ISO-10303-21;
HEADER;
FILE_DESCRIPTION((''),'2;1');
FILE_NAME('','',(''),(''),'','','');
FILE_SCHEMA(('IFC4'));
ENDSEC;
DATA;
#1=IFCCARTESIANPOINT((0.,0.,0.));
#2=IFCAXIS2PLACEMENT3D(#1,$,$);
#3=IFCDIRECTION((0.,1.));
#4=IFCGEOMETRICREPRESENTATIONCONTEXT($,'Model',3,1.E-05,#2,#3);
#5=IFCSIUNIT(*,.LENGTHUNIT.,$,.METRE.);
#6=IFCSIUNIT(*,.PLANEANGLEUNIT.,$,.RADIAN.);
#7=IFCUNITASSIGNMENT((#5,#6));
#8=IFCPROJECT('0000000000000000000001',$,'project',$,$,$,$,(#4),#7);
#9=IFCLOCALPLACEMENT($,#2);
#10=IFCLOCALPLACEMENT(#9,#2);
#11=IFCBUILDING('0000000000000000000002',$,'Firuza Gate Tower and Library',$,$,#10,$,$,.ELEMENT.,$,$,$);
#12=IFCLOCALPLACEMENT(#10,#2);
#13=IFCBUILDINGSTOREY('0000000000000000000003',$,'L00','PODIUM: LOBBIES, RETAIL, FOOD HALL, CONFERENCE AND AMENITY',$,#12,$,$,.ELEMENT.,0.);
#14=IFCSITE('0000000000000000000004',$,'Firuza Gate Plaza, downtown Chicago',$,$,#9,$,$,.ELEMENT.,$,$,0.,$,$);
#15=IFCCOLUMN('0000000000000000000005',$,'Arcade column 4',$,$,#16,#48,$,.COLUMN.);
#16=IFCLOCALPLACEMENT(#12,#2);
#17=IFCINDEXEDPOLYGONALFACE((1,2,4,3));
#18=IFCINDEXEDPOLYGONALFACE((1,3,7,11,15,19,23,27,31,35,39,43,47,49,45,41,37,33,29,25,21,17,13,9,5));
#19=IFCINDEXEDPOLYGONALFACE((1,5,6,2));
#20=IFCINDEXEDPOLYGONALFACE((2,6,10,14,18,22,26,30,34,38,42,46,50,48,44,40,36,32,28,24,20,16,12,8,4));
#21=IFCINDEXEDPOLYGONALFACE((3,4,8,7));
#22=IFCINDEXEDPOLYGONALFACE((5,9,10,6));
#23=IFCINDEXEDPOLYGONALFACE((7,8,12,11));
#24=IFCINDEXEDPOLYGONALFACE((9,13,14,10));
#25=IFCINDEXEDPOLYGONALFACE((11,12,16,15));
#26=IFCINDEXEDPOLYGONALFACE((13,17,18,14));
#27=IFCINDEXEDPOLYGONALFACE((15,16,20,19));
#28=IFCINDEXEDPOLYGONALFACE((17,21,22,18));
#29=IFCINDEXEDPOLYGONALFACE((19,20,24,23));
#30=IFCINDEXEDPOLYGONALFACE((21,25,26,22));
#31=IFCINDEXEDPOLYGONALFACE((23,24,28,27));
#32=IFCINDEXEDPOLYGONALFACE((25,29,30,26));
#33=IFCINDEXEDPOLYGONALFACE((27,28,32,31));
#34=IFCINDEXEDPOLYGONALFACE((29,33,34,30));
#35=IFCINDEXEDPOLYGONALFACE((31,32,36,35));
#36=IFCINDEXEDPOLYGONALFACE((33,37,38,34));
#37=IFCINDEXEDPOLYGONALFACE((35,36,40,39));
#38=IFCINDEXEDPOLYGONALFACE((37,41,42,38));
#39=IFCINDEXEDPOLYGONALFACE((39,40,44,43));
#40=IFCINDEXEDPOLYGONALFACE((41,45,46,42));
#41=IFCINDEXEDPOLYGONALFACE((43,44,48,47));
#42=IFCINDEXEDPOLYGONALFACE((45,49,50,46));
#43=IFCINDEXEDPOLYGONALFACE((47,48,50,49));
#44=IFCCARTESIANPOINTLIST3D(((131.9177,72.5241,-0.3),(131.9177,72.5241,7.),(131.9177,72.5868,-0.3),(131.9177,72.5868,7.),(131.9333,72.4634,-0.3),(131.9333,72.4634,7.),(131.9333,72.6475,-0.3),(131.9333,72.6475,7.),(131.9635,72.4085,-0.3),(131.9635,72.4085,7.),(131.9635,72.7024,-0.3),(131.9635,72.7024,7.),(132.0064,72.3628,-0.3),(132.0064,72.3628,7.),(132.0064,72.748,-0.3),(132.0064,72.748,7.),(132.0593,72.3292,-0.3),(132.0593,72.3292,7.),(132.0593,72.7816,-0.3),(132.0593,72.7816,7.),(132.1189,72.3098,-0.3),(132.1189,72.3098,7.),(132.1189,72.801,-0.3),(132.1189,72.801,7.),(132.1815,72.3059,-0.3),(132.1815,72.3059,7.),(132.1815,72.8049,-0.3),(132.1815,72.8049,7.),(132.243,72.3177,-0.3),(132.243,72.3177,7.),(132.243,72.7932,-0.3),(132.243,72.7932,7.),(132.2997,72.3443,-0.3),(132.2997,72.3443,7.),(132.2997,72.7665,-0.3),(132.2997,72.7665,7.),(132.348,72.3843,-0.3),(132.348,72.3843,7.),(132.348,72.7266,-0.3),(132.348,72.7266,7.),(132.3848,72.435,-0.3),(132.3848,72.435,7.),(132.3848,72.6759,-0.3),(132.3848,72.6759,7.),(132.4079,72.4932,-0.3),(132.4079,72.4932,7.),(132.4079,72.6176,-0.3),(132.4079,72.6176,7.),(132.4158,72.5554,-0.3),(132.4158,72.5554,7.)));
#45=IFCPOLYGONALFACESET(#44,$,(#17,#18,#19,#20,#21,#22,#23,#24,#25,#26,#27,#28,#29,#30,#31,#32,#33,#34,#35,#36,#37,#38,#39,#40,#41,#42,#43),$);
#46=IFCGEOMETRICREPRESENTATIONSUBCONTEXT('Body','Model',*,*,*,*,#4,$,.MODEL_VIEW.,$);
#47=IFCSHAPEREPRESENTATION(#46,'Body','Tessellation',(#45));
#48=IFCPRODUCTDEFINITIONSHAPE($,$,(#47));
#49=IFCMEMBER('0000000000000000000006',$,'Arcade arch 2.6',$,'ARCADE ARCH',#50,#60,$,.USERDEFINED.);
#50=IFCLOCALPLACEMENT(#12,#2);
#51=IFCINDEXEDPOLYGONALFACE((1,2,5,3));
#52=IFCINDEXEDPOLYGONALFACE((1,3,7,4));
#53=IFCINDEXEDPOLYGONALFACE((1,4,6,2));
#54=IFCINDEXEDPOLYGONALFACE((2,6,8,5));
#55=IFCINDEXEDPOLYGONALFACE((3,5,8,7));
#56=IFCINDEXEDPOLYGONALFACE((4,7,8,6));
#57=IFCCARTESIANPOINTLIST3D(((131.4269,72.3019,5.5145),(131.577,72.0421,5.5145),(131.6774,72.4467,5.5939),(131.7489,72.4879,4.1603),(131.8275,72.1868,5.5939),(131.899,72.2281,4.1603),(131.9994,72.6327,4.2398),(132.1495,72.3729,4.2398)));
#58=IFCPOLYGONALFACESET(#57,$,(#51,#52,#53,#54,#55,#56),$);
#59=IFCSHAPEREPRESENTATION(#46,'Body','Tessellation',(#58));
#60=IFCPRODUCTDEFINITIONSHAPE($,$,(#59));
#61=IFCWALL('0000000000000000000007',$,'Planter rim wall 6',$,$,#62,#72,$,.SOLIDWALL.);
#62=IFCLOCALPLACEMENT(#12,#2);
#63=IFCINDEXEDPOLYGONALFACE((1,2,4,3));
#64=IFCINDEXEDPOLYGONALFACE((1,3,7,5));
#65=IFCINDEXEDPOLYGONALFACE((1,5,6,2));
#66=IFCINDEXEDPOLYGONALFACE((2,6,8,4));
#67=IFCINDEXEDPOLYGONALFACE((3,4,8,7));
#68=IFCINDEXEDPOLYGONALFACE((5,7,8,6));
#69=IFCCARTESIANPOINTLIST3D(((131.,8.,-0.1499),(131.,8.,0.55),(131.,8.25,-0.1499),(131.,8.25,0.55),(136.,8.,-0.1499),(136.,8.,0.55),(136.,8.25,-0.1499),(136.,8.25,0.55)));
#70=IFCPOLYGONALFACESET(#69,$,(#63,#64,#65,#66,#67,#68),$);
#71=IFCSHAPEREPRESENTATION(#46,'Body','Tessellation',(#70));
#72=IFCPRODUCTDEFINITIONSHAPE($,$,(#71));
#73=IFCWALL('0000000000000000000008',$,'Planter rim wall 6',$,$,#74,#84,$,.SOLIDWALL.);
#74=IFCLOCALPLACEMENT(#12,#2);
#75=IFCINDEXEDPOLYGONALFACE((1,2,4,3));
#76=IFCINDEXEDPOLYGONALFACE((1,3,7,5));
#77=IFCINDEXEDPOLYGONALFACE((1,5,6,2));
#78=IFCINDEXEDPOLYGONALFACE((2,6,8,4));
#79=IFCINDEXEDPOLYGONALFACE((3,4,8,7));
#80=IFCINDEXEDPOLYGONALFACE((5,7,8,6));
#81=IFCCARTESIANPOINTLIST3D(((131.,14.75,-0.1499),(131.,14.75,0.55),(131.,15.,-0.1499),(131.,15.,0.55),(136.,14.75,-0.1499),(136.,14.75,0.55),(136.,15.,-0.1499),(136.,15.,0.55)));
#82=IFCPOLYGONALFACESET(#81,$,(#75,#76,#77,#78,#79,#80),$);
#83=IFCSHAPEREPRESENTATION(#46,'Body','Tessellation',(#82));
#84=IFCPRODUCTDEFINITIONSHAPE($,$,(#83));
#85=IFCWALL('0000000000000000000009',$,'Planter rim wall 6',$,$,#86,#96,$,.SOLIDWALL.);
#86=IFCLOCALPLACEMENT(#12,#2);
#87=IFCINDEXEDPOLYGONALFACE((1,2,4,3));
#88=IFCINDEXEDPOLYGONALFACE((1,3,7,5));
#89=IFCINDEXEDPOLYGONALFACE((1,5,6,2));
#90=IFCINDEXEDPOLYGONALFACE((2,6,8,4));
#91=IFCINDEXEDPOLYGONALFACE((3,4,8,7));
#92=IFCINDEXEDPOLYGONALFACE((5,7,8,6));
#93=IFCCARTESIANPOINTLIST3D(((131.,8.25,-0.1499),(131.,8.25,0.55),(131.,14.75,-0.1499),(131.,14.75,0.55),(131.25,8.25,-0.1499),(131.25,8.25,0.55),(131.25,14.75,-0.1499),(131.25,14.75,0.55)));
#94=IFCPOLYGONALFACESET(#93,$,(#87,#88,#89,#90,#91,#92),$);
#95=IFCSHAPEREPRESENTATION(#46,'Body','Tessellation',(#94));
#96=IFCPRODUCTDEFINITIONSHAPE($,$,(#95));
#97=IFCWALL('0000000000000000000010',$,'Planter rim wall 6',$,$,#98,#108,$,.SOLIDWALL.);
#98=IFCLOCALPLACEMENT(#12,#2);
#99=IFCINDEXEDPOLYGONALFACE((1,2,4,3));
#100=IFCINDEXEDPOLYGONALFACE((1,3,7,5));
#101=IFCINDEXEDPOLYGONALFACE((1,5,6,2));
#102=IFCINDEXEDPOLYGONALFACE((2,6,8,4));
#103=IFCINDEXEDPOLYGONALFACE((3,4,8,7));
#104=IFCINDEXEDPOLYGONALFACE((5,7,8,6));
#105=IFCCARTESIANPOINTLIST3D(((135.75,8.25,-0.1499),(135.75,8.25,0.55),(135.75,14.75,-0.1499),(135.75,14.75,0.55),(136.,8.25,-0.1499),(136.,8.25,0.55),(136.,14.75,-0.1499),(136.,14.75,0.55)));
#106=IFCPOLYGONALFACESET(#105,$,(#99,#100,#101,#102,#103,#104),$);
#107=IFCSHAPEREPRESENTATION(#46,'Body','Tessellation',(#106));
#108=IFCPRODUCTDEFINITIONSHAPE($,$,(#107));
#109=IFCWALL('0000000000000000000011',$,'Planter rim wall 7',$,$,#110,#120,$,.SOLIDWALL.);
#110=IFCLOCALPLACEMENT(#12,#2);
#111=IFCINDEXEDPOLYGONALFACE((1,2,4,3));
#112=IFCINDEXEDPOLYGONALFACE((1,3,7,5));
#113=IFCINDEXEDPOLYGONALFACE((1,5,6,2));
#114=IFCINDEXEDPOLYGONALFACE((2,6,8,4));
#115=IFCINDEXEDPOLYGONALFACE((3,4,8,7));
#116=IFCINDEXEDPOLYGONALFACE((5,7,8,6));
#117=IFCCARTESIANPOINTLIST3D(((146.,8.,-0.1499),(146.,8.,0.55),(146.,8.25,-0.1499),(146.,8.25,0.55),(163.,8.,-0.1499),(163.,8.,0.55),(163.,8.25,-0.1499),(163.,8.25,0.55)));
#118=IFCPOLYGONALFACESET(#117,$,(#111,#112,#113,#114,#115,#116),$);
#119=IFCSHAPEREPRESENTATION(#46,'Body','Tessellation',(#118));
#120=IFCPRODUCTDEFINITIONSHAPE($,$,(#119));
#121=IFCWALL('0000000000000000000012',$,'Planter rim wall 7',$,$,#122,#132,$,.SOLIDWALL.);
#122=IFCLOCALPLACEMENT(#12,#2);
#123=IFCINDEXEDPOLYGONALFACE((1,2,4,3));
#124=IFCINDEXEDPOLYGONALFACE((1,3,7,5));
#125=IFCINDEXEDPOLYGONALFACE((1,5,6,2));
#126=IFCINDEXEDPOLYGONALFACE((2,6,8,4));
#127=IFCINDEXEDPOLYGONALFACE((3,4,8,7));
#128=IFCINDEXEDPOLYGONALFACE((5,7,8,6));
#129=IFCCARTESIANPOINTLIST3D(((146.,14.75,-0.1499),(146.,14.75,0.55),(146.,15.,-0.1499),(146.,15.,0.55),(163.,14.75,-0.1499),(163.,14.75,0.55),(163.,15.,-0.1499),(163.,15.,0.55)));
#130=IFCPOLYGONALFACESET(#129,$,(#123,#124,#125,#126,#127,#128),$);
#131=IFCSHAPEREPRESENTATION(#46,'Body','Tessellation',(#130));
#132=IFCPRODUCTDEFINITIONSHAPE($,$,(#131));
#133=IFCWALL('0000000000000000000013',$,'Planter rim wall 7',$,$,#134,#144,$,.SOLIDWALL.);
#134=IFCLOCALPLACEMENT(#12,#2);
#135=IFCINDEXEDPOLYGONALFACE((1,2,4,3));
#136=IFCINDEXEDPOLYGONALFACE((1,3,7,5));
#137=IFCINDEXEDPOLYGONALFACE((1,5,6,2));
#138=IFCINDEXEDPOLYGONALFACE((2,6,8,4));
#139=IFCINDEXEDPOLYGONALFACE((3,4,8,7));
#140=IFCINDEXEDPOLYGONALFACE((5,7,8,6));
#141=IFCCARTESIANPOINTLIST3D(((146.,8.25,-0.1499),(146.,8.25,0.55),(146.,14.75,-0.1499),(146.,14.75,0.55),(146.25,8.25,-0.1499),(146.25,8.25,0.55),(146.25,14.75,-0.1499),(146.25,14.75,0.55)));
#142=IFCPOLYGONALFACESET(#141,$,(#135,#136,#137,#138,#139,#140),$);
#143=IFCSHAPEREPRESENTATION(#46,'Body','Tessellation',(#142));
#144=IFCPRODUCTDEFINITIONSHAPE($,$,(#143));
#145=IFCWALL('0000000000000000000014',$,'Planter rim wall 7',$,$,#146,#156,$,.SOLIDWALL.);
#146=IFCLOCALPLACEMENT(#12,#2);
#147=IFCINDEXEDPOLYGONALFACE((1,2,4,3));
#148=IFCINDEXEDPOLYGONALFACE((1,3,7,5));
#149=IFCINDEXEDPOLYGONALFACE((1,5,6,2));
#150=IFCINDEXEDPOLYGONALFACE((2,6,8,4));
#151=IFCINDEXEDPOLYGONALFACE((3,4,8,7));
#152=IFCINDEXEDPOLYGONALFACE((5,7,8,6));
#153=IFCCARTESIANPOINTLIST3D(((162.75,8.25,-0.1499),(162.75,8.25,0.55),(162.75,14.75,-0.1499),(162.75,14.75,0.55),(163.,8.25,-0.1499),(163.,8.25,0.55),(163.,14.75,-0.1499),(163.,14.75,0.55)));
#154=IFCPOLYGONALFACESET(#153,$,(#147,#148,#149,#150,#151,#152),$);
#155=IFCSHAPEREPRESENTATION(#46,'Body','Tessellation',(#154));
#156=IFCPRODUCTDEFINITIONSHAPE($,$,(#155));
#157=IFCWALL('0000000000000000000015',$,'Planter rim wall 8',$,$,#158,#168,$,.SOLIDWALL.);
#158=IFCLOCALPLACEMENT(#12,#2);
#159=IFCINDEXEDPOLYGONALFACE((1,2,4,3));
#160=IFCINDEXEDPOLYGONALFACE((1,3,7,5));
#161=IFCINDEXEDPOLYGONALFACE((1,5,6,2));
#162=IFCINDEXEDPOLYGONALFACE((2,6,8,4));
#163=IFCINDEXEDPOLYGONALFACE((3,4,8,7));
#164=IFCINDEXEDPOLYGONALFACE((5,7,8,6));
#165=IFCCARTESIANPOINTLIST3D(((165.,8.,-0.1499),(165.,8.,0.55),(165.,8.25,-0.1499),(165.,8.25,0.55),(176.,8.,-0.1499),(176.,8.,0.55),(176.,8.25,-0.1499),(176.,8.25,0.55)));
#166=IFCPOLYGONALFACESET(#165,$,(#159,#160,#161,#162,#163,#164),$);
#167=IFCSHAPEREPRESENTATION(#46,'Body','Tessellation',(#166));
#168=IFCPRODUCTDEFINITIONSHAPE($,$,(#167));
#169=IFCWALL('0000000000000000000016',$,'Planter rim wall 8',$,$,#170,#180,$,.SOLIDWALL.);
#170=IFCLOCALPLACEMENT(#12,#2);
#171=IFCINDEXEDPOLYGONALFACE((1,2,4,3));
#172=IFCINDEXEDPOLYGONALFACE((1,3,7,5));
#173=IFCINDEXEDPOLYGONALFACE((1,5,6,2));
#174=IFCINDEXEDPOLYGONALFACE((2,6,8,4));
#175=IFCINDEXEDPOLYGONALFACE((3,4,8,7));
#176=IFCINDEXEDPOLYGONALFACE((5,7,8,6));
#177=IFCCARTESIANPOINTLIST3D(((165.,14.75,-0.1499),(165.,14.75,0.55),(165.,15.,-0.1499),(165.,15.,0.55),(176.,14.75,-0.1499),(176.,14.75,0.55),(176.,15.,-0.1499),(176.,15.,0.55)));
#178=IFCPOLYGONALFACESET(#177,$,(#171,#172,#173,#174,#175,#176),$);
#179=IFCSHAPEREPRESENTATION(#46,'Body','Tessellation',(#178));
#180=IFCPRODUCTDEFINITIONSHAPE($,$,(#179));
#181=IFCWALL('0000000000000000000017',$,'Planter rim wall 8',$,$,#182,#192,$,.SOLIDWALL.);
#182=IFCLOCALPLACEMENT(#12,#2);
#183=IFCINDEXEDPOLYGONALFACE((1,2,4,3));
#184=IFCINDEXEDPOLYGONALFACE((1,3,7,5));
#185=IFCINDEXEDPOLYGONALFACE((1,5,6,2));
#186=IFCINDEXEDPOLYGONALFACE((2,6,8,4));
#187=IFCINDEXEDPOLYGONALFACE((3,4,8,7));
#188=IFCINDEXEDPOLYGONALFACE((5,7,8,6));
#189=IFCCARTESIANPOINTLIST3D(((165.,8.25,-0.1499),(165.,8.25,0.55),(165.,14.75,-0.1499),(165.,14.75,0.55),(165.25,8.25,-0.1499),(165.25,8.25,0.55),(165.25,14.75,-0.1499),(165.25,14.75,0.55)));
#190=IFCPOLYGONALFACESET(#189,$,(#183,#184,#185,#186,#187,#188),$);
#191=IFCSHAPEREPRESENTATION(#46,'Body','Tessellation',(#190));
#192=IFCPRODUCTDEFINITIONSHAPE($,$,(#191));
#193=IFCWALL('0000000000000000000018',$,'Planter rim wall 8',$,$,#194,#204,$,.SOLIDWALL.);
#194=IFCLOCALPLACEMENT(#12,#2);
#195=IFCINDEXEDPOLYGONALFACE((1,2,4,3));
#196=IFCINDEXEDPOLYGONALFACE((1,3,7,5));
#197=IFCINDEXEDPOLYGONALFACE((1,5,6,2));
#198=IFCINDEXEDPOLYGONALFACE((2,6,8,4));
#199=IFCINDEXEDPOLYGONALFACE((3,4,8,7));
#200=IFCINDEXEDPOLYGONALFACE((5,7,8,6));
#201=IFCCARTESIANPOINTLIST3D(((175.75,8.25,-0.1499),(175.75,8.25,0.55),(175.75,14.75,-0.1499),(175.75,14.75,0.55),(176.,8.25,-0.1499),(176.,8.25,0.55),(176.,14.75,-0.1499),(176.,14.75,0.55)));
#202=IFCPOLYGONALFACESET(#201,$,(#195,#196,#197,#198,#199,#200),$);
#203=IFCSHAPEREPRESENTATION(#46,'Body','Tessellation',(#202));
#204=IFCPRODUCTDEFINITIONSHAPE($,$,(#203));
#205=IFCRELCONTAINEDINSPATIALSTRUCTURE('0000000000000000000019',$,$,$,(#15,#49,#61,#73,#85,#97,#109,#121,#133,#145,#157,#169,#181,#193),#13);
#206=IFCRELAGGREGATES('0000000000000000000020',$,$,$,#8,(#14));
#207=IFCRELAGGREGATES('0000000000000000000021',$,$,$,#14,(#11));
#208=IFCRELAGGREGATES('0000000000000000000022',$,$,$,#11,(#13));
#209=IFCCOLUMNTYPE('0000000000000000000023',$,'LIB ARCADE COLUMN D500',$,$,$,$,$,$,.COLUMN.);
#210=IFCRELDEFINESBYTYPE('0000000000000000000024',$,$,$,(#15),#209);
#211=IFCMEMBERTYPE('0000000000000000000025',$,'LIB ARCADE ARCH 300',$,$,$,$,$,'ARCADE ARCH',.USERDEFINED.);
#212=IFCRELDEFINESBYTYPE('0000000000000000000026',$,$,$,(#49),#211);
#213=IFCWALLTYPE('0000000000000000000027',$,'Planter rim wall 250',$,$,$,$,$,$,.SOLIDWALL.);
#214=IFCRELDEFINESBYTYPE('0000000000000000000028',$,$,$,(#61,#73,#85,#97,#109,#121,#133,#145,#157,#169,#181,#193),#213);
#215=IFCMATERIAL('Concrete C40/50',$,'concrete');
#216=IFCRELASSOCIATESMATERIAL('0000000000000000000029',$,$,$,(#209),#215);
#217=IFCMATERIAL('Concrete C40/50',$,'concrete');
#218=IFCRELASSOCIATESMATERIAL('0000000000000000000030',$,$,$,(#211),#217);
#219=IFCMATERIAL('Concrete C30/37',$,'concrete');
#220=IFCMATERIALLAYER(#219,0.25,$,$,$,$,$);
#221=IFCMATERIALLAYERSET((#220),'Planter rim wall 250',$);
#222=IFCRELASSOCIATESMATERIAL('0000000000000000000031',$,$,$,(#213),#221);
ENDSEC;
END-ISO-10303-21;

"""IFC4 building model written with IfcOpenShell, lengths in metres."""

from ifc_helpers import new_model, si_unit, direction, frame, frame_2d, origin, origin_2d, place, context, subcontext, project, spatial, rectangle, circle, extrude, material, layer, layer_set, material_profile, profile_set, type_object, element, save


model = new_model("IFC4")

# Units and contexts
model_context = context("Model", 3, precision=1e-05, world=origin(), true_north=direction((0.0, 1.0)))
body_context = subcontext(model_context, "Body", "Model", "MODEL_VIEW")
ifc_project = project(units=[si_unit("LENGTHUNIT", "METRE"), si_unit("PLANEANGLEUNIT", "RADIAN")], contexts=[model_context])

# Site, building, storey
site_placement = place(None, origin())
site = spatial("IfcSite", under=ifc_project, at=site_placement, Name="Firuza Gate Plaza, downtown Chicago", CompositionType="ELEMENT", RefElevation=0.0)
building_placement = place(site_placement, origin())
building = spatial("IfcBuilding", under=site, at=building_placement, Name="Firuza Gate Tower and Library", CompositionType="ELEMENT")
storey_placement = place(building_placement, origin())
storey = spatial("IfcBuildingStorey", under=building, at=storey_placement, Name="L00", Description="PODIUM: LOBBIES, RETAIL, FOOD HALL, CONFERENCE AND AMENITY", CompositionType="ELEMENT", Elevation=0.0)

# Column
ifc_material_1 = material(Name="Concrete C40/50", Category="concrete")
ifc_material_profile_1 = material_profile(ifc_material_1, circle(Radius=0.25, at=origin_2d()))
ifc_profile_set_1 = profile_set([ifc_material_profile_1], Name="Concrete C40/50")
column_type = type_object("IfcColumnType", Name="LIB ARCADE COLUMN D500", PredefinedType="COLUMN", material=ifc_profile_set_1)
column_placement = place(storey_placement, frame((132.1658, 72.5554, -0.3), z_axis=(0.0, 0.0, 1.0), x_axis=(1.0, 0.0, 0.0)))
element("IfcColumn", 1, at=column_placement, inside=storey, type_object=column_type, Name="Arcade column 4", PredefinedType="COLUMN", context=body_context, shape_type="SweptSolid", body=[
    extrude(circle(Radius=0.25, at=origin_2d()), origin(), (0.0, 0.0, 1.0), 7.3),
])

# Member
ifc_material_2 = material(Name="Concrete C40/50", Category="concrete")
ifc_material_profile_2 = material_profile(ifc_material_2, rectangle(XDim=0.3, YDim=0.3, at=origin_2d()))
ifc_profile_set_2 = profile_set([ifc_material_profile_2], Name="Concrete C40/50")
member_type = type_object("IfcMemberType", Name="LIB ARCADE ARCH 300", ElementType="ARCADE ARCH", PredefinedType="USERDEFINED", material=ifc_profile_set_2)
member_placement = place(storey_placement, frame((131.6272, 72.2444, 5.5542), z_axis=(0.229297, 0.132467, -0.9643), x_axis=(-0.500234, 0.86589, 0.0)))
element("IfcMember", 2, at=member_placement, inside=storey, type_object=member_type, Name="Arcade arch 2.6", ObjectType="ARCADE ARCH", PredefinedType="USERDEFINED", context=body_context, shape_type="SweptSolid", body=[
    extrude(rectangle(XDim=0.3, YDim=0.3, at=origin_2d()), origin(), (0.0, 0.0, 1.0), 1.4043),
])

# Walls
ifc_material_3 = material(Name="Concrete C30/37", Category="concrete")
ifc_layer_1 = layer(ifc_material_3, 0.25)
ifc_layer_set_1 = layer_set([ifc_layer_1], Name="Planter rim wall 250")
wall_type_1 = type_object("IfcWallType", Name="Planter rim wall 250", PredefinedType="SOLIDWALL", material=ifc_layer_set_1)
for number, where, z_axis, x_axis, name in (
    (3, (131.0, 8.125, -0.1499), (0.0, 0.0, 1.0), (1.0, 0.0, 0.0), "Planter rim wall 6"),
    (4, (131.0, 14.875, -0.1499), (0.0, 0.0, 1.0), (1.0, 0.0, 0.0), "Planter rim wall 6"),
):
    element("IfcWall", number, at=place(storey_placement, frame(where, z_axis=z_axis, x_axis=x_axis)), inside=storey, type_object=wall_type_1, Name=name, PredefinedType="SOLIDWALL", context=body_context, shape_type="SweptSolid", body=[
        extrude(rectangle(XDim=5.0, YDim=0.25, at=frame_2d((2.5, 0.0))), origin(), (0.0, 0.0, 1.0), 0.7),
    ])
for number, where, z_axis, x_axis, name in (
    (5, (131.125, 8.25, -0.1499), (0.0, 0.0, 1.0), (0.0, 1.0, 0.0), "Planter rim wall 6"),
    (6, (135.875, 8.25, -0.1499), (0.0, 0.0, 1.0), (0.0, 1.0, 0.0), "Planter rim wall 6"),
):
    element("IfcWall", number, at=place(storey_placement, frame(where, z_axis=z_axis, x_axis=x_axis)), inside=storey, type_object=wall_type_1, Name=name, PredefinedType="SOLIDWALL", context=body_context, shape_type="SweptSolid", body=[
        extrude(rectangle(XDim=6.5, YDim=0.25, at=frame_2d((3.25, 0.0))), origin(), (0.0, 0.0, 1.0), 0.7),
    ])
for number, where, z_axis, x_axis, name in (
    (7, (146.0, 8.125, -0.1499), (0.0, 0.0, 1.0), (1.0, 0.0, 0.0), "Planter rim wall 7"),
    (8, (146.0, 14.875, -0.1499), (0.0, 0.0, 1.0), (1.0, 0.0, 0.0), "Planter rim wall 7"),
):
    element("IfcWall", number, at=place(storey_placement, frame(where, z_axis=z_axis, x_axis=x_axis)), inside=storey, type_object=wall_type_1, Name=name, PredefinedType="SOLIDWALL", context=body_context, shape_type="SweptSolid", body=[
        extrude(rectangle(XDim=17.0, YDim=0.25, at=frame_2d((8.5, 0.0))), origin(), (0.0, 0.0, 1.0), 0.7),
    ])
for number, where, z_axis, x_axis, name in (
    (9, (146.125, 8.25, -0.1499), (0.0, 0.0, 1.0), (0.0, 1.0, 0.0), "Planter rim wall 7"),
    (10, (162.875, 8.25, -0.1499), (0.0, 0.0, 1.0), (0.0, 1.0, 0.0), "Planter rim wall 7"),
):
    element("IfcWall", number, at=place(storey_placement, frame(where, z_axis=z_axis, x_axis=x_axis)), inside=storey, type_object=wall_type_1, Name=name, PredefinedType="SOLIDWALL", context=body_context, shape_type="SweptSolid", body=[
        extrude(rectangle(XDim=6.5, YDim=0.25, at=frame_2d((3.25, 0.0))), origin(), (0.0, 0.0, 1.0), 0.7),
    ])
for number, where, z_axis, x_axis, name in (
    (11, (165.0, 8.125, -0.1499), (0.0, 0.0, 1.0), (1.0, 0.0, 0.0), "Planter rim wall 8"),
    (12, (165.0, 14.875, -0.1499), (0.0, 0.0, 1.0), (1.0, 0.0, 0.0), "Planter rim wall 8"),
):
    element("IfcWall", number, at=place(storey_placement, frame(where, z_axis=z_axis, x_axis=x_axis)), inside=storey, type_object=wall_type_1, Name=name, PredefinedType="SOLIDWALL", context=body_context, shape_type="SweptSolid", body=[
        extrude(rectangle(XDim=11.0, YDim=0.25, at=frame_2d((5.5, 0.0))), origin(), (0.0, 0.0, 1.0), 0.7),
    ])
for number, where, z_axis, x_axis, name in (
    (13, (165.125, 8.25, -0.1499), (0.0, 0.0, 1.0), (0.0, 1.0, 0.0), "Planter rim wall 8"),
    (14, (175.875, 8.25, -0.1499), (0.0, 0.0, 1.0), (0.0, 1.0, 0.0), "Planter rim wall 8"),
):
    element("IfcWall", number, at=place(storey_placement, frame(where, z_axis=z_axis, x_axis=x_axis)), inside=storey, type_object=wall_type_1, Name=name, PredefinedType="SOLIDWALL", context=body_context, shape_type="SweptSolid", body=[
        extrude(rectangle(XDim=6.5, YDim=0.25, at=frame_2d((3.25, 0.0))), origin(), (0.0, 0.0, 1.0), 0.7),
    ])

save(model, "model.ifc")
